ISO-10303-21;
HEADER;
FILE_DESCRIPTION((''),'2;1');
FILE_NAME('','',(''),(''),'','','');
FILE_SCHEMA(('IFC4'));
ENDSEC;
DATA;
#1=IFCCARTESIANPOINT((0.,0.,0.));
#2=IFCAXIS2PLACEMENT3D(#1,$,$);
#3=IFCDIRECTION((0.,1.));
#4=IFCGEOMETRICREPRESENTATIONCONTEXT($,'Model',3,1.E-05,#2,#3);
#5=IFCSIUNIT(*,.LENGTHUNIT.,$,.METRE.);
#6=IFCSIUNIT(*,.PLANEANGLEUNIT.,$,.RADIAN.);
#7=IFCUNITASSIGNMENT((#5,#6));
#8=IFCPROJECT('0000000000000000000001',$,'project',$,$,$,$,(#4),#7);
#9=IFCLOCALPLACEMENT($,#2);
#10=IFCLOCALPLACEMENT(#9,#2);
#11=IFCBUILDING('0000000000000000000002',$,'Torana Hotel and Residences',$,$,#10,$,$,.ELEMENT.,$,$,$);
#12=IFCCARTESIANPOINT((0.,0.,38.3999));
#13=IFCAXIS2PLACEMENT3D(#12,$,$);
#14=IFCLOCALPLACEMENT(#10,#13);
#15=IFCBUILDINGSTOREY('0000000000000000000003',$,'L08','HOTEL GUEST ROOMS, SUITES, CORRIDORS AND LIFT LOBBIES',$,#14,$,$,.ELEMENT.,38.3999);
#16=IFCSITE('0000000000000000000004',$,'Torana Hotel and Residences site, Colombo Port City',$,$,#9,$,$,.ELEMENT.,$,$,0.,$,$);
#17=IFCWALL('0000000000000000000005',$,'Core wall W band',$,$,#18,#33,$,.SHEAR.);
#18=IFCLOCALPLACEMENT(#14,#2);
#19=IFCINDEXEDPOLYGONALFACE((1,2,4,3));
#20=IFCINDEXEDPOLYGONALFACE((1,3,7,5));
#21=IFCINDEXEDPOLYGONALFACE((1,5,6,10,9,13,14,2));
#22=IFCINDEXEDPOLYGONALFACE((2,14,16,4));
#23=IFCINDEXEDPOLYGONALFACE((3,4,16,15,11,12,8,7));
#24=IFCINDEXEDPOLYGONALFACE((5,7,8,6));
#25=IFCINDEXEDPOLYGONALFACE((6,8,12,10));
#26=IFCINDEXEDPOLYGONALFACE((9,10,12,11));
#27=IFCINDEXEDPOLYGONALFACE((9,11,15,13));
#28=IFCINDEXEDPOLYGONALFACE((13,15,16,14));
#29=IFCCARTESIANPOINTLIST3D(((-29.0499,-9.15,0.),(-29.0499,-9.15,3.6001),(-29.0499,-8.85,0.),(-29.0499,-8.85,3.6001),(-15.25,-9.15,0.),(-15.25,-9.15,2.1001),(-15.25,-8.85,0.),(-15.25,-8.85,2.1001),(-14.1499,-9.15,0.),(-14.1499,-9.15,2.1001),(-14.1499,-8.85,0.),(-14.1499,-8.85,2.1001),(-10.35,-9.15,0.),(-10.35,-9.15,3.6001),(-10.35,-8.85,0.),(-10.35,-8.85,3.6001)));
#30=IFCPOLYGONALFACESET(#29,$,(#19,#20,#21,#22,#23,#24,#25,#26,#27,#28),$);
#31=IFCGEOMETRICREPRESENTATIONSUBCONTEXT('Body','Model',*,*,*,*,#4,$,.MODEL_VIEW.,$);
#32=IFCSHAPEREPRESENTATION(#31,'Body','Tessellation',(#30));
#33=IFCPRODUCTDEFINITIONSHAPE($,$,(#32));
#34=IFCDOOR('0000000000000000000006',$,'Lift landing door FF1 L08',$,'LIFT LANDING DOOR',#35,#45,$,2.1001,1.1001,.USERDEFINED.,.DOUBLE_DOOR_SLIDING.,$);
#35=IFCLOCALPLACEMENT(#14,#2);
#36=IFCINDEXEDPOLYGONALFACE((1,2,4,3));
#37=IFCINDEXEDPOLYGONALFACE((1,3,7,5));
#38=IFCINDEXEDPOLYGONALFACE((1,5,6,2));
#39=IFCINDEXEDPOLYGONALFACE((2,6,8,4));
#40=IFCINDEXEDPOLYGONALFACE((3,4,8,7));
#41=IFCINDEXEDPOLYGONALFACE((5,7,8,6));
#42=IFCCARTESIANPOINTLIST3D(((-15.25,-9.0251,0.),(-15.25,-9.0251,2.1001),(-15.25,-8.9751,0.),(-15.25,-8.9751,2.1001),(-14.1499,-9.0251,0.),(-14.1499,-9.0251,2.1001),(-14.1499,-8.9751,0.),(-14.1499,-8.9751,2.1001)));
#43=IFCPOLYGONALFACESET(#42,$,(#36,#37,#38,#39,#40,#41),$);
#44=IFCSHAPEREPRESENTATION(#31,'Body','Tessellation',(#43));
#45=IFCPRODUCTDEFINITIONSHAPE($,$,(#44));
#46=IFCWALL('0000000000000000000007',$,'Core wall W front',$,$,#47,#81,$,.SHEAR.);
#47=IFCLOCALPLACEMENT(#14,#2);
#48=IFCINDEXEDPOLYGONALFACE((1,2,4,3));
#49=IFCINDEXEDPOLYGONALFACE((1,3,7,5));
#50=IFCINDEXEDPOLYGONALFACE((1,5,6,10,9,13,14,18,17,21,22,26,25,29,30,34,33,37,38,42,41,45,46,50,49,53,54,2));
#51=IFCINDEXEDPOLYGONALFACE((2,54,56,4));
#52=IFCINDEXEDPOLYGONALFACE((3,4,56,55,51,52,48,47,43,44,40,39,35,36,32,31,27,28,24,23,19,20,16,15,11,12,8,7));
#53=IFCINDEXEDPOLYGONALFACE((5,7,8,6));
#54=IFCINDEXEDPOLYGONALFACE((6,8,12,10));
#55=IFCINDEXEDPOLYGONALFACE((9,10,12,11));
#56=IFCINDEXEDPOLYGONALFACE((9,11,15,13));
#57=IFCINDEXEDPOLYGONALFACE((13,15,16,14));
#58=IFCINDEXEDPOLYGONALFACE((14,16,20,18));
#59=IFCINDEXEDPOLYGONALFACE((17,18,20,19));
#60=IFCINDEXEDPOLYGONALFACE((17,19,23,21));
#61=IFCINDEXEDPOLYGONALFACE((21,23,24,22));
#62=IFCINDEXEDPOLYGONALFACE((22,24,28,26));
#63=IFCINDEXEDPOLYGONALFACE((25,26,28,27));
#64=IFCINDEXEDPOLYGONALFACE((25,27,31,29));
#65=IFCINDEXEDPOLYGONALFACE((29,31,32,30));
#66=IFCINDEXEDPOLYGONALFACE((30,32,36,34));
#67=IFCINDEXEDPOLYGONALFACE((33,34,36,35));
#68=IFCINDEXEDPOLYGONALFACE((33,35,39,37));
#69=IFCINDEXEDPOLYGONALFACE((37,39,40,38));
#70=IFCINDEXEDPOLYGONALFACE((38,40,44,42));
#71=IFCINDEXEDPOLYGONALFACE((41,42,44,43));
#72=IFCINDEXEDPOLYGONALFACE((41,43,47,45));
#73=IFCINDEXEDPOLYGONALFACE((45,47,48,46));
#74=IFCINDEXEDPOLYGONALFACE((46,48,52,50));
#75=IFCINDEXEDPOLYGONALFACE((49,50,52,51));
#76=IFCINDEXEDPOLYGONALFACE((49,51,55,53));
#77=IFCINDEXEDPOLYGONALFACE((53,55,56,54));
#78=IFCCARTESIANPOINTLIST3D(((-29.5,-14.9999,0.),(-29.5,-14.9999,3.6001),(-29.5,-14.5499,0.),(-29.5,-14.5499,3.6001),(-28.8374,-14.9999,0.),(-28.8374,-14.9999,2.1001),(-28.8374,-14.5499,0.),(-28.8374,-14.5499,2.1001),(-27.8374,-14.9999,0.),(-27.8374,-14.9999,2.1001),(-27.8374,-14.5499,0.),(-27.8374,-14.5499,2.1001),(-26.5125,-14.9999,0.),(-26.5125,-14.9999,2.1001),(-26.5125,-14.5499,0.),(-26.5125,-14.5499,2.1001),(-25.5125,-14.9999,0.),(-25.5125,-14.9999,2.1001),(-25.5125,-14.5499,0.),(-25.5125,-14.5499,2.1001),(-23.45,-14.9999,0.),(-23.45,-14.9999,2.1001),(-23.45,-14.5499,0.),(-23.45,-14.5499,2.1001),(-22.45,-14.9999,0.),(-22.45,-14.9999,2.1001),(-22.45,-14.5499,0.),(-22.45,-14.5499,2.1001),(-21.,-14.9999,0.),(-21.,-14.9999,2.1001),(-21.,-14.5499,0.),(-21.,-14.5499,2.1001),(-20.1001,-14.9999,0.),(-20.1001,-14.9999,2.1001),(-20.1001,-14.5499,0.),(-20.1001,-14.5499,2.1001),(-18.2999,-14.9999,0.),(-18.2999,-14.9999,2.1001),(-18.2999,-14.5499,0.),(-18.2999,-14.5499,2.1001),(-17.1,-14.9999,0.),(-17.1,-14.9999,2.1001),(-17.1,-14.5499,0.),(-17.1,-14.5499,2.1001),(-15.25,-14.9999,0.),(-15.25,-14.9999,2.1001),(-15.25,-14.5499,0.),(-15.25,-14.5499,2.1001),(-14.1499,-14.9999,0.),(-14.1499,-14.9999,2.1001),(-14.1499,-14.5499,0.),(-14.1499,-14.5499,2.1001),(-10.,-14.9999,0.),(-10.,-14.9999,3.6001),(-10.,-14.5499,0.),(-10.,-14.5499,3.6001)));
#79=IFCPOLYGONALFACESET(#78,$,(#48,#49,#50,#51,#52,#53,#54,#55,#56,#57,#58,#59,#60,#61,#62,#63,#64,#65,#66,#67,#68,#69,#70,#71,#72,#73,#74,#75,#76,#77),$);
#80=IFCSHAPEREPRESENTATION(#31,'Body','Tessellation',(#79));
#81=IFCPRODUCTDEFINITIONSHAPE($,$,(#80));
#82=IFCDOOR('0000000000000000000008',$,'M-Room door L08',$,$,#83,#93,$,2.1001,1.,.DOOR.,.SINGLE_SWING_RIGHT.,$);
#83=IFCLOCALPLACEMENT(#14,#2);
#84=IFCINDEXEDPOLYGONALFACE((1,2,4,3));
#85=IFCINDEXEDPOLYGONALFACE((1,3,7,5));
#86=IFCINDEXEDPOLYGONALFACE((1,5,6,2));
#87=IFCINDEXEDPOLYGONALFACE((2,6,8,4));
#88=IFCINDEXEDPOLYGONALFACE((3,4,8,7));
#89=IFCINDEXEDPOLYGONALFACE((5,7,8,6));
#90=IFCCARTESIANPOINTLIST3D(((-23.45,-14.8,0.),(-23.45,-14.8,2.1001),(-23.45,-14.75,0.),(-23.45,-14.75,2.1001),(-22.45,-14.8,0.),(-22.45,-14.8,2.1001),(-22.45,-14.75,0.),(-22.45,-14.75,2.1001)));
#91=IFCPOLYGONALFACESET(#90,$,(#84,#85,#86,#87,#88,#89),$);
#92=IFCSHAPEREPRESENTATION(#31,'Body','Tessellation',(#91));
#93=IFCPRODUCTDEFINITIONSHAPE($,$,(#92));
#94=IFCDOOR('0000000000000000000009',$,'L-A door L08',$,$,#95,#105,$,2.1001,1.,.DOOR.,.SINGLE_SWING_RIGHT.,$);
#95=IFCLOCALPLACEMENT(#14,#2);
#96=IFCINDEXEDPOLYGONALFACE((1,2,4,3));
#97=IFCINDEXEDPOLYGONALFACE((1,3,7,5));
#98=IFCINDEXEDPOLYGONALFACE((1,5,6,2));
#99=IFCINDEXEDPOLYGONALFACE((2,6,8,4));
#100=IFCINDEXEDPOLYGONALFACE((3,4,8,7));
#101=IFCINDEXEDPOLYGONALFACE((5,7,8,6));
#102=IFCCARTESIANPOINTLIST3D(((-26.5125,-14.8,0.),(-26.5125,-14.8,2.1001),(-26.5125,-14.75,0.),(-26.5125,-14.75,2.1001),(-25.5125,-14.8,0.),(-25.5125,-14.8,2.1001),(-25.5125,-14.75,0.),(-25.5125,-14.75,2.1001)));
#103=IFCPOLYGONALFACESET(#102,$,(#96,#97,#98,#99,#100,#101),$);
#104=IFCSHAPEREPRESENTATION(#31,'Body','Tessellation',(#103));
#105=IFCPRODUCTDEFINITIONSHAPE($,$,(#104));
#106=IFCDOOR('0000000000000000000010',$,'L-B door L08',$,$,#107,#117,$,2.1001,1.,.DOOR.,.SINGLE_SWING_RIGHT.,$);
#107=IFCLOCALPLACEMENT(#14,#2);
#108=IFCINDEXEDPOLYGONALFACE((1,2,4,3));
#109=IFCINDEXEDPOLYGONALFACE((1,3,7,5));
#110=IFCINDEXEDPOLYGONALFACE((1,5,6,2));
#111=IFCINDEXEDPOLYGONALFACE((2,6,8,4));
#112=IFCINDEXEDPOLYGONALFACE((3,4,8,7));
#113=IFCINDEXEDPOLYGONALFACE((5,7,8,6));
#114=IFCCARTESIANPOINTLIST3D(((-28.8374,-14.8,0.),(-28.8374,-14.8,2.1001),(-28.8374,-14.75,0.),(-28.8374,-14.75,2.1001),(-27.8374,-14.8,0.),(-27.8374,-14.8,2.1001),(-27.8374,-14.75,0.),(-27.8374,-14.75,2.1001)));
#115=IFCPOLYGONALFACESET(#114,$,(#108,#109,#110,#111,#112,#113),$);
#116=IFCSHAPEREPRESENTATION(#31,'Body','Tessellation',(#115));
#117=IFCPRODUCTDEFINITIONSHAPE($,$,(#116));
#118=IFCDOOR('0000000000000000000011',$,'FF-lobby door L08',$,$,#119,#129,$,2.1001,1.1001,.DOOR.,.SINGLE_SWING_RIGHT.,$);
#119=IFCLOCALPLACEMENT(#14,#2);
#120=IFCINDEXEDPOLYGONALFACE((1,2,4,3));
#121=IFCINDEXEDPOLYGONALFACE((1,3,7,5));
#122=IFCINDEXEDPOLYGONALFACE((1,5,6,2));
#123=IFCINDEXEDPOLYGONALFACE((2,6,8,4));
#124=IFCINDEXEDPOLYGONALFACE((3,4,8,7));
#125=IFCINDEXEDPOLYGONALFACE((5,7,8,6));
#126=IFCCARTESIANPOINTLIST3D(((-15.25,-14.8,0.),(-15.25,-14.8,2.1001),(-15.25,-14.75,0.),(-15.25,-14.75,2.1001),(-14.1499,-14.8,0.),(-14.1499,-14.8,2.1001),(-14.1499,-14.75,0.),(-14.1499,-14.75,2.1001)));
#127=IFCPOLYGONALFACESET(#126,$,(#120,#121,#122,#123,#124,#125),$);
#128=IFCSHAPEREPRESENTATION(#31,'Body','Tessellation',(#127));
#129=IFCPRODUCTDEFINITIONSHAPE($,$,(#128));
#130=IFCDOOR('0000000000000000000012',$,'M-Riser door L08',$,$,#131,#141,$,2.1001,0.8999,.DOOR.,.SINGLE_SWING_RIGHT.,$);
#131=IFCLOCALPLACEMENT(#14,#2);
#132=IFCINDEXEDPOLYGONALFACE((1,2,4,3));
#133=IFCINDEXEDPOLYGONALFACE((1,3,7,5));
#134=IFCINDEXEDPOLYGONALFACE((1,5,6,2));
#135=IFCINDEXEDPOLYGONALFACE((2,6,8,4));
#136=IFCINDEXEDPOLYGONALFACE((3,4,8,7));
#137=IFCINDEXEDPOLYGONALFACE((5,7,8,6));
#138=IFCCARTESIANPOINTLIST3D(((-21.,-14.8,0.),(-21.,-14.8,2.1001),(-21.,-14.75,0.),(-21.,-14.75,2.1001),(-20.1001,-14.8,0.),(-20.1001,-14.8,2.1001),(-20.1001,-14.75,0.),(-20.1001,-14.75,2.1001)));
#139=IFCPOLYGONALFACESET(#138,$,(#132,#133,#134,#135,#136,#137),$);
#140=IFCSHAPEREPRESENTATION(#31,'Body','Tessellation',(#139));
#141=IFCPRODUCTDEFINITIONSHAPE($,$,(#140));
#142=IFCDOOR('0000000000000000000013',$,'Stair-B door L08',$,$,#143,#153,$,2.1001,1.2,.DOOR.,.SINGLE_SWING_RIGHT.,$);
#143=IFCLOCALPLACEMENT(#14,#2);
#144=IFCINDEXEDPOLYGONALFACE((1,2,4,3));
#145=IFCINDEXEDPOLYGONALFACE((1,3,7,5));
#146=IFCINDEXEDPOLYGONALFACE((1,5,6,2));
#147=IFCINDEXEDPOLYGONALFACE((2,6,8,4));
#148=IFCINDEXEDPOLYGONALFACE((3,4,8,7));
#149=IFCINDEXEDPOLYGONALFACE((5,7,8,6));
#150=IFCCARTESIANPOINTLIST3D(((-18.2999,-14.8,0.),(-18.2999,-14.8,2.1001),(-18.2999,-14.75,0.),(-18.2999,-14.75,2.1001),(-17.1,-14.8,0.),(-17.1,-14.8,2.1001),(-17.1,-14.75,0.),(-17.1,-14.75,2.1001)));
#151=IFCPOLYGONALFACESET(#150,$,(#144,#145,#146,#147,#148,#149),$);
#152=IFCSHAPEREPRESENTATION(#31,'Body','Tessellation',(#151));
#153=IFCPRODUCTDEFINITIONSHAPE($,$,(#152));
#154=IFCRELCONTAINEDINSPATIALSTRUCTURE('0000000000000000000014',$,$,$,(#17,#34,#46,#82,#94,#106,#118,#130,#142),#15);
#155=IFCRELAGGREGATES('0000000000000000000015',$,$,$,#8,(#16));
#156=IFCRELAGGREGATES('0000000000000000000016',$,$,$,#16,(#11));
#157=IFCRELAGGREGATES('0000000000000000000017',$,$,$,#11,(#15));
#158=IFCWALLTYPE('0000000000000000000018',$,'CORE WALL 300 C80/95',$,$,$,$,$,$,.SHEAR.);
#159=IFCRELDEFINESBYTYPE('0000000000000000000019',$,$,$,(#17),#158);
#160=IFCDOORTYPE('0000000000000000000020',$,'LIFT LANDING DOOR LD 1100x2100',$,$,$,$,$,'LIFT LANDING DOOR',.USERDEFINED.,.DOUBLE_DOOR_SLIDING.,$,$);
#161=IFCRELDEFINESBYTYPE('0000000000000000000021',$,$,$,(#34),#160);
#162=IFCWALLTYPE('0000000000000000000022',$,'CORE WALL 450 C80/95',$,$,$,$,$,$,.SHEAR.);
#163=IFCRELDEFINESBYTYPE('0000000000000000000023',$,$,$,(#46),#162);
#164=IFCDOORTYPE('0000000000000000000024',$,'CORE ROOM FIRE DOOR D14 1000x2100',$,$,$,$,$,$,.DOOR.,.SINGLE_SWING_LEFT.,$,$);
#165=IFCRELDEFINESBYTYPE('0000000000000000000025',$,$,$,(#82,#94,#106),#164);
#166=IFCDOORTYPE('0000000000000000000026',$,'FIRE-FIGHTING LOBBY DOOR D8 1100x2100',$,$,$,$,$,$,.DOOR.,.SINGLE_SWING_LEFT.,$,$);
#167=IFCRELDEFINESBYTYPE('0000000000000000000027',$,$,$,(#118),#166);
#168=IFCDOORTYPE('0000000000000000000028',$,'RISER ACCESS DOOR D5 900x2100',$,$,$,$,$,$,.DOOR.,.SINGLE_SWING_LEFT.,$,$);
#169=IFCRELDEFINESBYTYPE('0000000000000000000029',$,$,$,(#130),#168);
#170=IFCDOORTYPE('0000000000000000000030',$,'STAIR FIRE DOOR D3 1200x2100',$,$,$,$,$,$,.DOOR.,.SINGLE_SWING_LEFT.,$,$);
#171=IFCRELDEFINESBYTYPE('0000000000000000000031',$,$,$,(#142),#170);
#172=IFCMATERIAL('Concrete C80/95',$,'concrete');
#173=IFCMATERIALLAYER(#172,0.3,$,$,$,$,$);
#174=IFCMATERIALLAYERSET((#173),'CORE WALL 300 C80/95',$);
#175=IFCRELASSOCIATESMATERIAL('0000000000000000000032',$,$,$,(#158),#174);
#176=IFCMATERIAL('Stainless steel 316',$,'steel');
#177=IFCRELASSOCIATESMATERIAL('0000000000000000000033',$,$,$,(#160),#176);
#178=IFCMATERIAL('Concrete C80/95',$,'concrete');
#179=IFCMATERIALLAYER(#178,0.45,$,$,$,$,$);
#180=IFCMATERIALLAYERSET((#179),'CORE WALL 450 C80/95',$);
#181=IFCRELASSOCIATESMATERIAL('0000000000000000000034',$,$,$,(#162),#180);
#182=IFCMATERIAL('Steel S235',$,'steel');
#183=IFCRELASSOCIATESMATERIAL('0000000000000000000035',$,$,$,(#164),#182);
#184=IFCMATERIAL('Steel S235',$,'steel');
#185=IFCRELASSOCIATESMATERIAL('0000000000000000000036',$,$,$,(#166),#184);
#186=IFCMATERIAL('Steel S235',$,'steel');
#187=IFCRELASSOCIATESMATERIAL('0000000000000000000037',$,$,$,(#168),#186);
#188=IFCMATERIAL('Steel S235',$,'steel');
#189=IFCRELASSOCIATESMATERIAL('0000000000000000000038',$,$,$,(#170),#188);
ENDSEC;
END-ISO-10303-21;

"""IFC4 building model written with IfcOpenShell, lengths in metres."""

from ifc_helpers import new_model, si_unit, direction, frame, frame_2d, origin, place, context, subcontext, project, spatial, rectangle, extrude, material, layer, layer_set, type_object, element, fill, save


model = new_model("IFC4")

# Units and contexts
model_context = context("Model", 3, precision=1e-05, world=origin(), true_north=direction((0.0, 1.0)))
body_context = subcontext(model_context, "Body", "Model", "MODEL_VIEW")
ifc_project = project(units=[si_unit("LENGTHUNIT", "METRE"), si_unit("PLANEANGLEUNIT", "RADIAN")], contexts=[model_context])

# Site, building, storey
site_placement = place(None, origin())
site = spatial("IfcSite", under=ifc_project, at=site_placement, Name="Torana Hotel and Residences site, Colombo Port City", CompositionType="ELEMENT", RefElevation=0.0)
building_placement = place(site_placement, origin())
building = spatial("IfcBuilding", under=site, at=building_placement, Name="Torana Hotel and Residences", CompositionType="ELEMENT")
storey_placement = place(building_placement, frame((0.0, 0.0, 38.3999)))
storey = spatial("IfcBuildingStorey", under=building, at=storey_placement, Name="L08", Description="HOTEL GUEST ROOMS, SUITES, CORRIDORS AND LIFT LOBBIES", CompositionType="ELEMENT", Elevation=38.3999)

# Wall, opening, door
ifc_material_1 = material(Name="Concrete C80/95", Category="concrete")
ifc_layer_1 = layer(ifc_material_1, 0.3)
ifc_layer_set_1 = layer_set([ifc_layer_1], Name="CORE WALL 300 C80/95")
wall_type_1 = type_object("IfcWallType", Name="CORE WALL 300 C80/95", PredefinedType="SHEAR", material=ifc_layer_set_1)
wall_1_placement = place(storey_placement, frame((-29.05, -9.0, 0.0), z_axis=(0.0, 0.0, 1.0), x_axis=(1.0, 0.0, 0.0)))
wall_1 = element("IfcWall", 1, at=wall_1_placement, inside=storey, type_object=wall_type_1, Name="Core wall W band", PredefinedType="SHEAR", context=body_context, shape_type="SweptSolid", body=[
    extrude(rectangle(XDim=18.7, YDim=0.3, at=frame_2d((9.3501, 0.0))), origin(), (0.0, 0.0, 1.0), 3.6001),
])
opening_1_placement = place(wall_1_placement, frame((13.8, 0.0, 0.0)))
opening_1 = element("IfcOpeningElement", 2, at=opening_1_placement, cuts=wall_1, PredefinedType="OPENING", context=body_context, shape_type="SweptSolid", body=[
    extrude(rectangle(XDim=1.1001, YDim=2.1001, at=frame_2d((0.55, 1.05))), frame((0.0, 0.1599, 0.0), z_axis=(0.0, -1.0, 0.0), x_axis=(1.0, 0.0, 0.0)), (0.0, 0.0, 1.0), 0.3201),
])
ifc_material_2 = material(Name="Stainless steel 316", Category="steel")
door_type_1 = type_object("IfcDoorType", Name="LIFT LANDING DOOR LD 1100x2100", ElementType="LIFT LANDING DOOR", OperationType="DOUBLE_DOOR_SLIDING", PredefinedType="USERDEFINED", material=ifc_material_2)
door_1_placement = place(opening_1_placement, origin())
door_1 = element("IfcDoor", 3, at=door_1_placement, inside=storey, type_object=door_type_1, Name="Lift landing door FF1 L08", ObjectType="LIFT LANDING DOOR", OperationType="DOUBLE_DOOR_SLIDING", OverallHeight=2.1001, OverallWidth=1.1001, PredefinedType="USERDEFINED", context=body_context, shape_type="SweptSolid", body=[
    extrude(rectangle(XDim=1.1001, YDim=2.1001, at=frame_2d((0.55, 1.05))), frame((0.0, 0.0249, 0.0), z_axis=(0.0, -1.0, 0.0), x_axis=(1.0, 0.0, 0.0)), (0.0, 0.0, 1.0), 0.05),
])
fill(opening_1, door_1)

# Wall, openings, doors
ifc_material_3 = material(Name="Concrete C80/95", Category="concrete")
ifc_layer_2 = layer(ifc_material_3, 0.45)
ifc_layer_set_2 = layer_set([ifc_layer_2], Name="CORE WALL 450 C80/95")
wall_type_2 = type_object("IfcWallType", Name="CORE WALL 450 C80/95", PredefinedType="SHEAR", material=ifc_layer_set_2)
wall_2_placement = place(storey_placement, frame((-29.5, -14.7749, 0.0), z_axis=(0.0, 0.0, 1.0), x_axis=(1.0, 0.0, 0.0)))
wall_2 = element("IfcWall", 4, at=wall_2_placement, inside=storey, type_object=wall_type_2, Name="Core wall W front", PredefinedType="SHEAR", context=body_context, shape_type="SweptSolid", body=[
    extrude(rectangle(XDim=19.5, YDim=0.45, at=frame_2d((9.75, 0.0))), origin(), (0.0, 0.0, 1.0), 3.6001),
])
opening_2_placement = place(wall_2_placement, frame((11.2, 0.0, 0.0)))
opening_2 = element("IfcOpeningElement", 5, at=opening_2_placement, cuts=wall_2, PredefinedType="OPENING", context=body_context, shape_type="SweptSolid", body=[
    extrude(rectangle(XDim=1.2, YDim=2.1001, at=frame_2d((0.6001, 1.05))), frame((0.0, 0.2349, 0.0), z_axis=(0.0, -1.0, 0.0), x_axis=(1.0, 0.0, 0.0)), (0.0, 0.0, 1.0), 0.47),
])
opening_3_placement = place(wall_2_placement, frame((14.25, 0.0, 0.0)))
opening_3 = element("IfcOpeningElement", 6, at=opening_3_placement, cuts=wall_2, PredefinedType="OPENING", context=body_context, shape_type="SweptSolid", body=[
    extrude(rectangle(XDim=1.1001, YDim=2.1001, at=frame_2d((0.55, 1.05))), frame((0.0, 0.2349, 0.0), z_axis=(0.0, -1.0, 0.0), x_axis=(1.0, 0.0, 0.0)), (0.0, 0.0, 1.0), 0.47),
])
opening_4_placement = place(wall_2_placement, frame((8.5, 0.0, 0.0)))
opening_4 = element("IfcOpeningElement", 7, at=opening_4_placement, cuts=wall_2, PredefinedType="OPENING", context=body_context, shape_type="SweptSolid", body=[
    extrude(rectangle(XDim=0.8999, YDim=2.1001, at=frame_2d((0.45, 1.05))), frame((0.0, 0.2349, 0.0), z_axis=(0.0, -1.0, 0.0), x_axis=(1.0, 0.0, 0.0)), (0.0, 0.0, 1.0), 0.47),
])
opening_5_placement = place(wall_2_placement, frame((6.05, 0.0, 0.0)))
opening_5 = element("IfcOpeningElement", 8, at=opening_5_placement, cuts=wall_2, PredefinedType="OPENING", context=body_context, shape_type="SweptSolid", body=[
    extrude(rectangle(XDim=1.0, YDim=2.1001, at=frame_2d((0.5, 1.05))), frame((0.0, 0.2349, 0.0), z_axis=(0.0, -1.0, 0.0), x_axis=(1.0, 0.0, 0.0)), (0.0, 0.0, 1.0), 0.47),
])
opening_6_placement = place(wall_2_placement, frame((2.9875, 0.0, 0.0)))
opening_6 = element("IfcOpeningElement", 9, at=opening_6_placement, cuts=wall_2, PredefinedType="OPENING", context=body_context, shape_type="SweptSolid", body=[
    extrude(rectangle(XDim=1.0, YDim=2.1001, at=frame_2d((0.5, 1.05))), frame((0.0, 0.2349, 0.0), z_axis=(0.0, -1.0, 0.0), x_axis=(1.0, 0.0, 0.0)), (0.0, 0.0, 1.0), 0.47),
])
opening_7_placement = place(wall_2_placement, frame((0.6626, 0.0, 0.0)))
opening_7 = element("IfcOpeningElement", 10, at=opening_7_placement, cuts=wall_2, PredefinedType="OPENING", context=body_context, shape_type="SweptSolid", body=[
    extrude(rectangle(XDim=1.0, YDim=2.1001, at=frame_2d((0.5, 1.05))), frame((0.0, 0.2349, 0.0), z_axis=(0.0, -1.0, 0.0), x_axis=(1.0, 0.0, 0.0)), (0.0, 0.0, 1.0), 0.47),
])
ifc_material_4 = material(Name="Steel S235", Category="steel")
door_type_2 = type_object("IfcDoorType", Name="CORE ROOM FIRE DOOR D14 1000x2100", OperationType="SINGLE_SWING_LEFT", PredefinedType="DOOR", material=ifc_material_4)
door_2_placement = place(opening_5_placement, origin())
door_2 = element("IfcDoor", 11, at=door_2_placement, inside=storey, type_object=door_type_2, Name="M-Room door L08", OperationType="SINGLE_SWING_RIGHT", OverallHeight=2.1001, OverallWidth=1.0, PredefinedType="DOOR", context=body_context, shape_type="SweptSolid", body=[
    extrude(rectangle(XDim=1.0, YDim=2.1001, at=frame_2d((0.5, 1.05))), frame((0.0, 0.0249, 0.0), z_axis=(0.0, -1.0, 0.0), x_axis=(1.0, 0.0, 0.0)), (0.0, 0.0, 1.0), 0.05),
])
fill(opening_5, door_2)
door_3_placement = place(opening_6_placement, origin())
door_3 = element("IfcDoor", 12, at=door_3_placement, inside=storey, type_object=door_type_2, Name="L-A door L08", OperationType="SINGLE_SWING_RIGHT", OverallHeight=2.1001, OverallWidth=1.0, PredefinedType="DOOR", context=body_context, shape_type="SweptSolid", body=[
    extrude(rectangle(XDim=1.0, YDim=2.1001, at=frame_2d((0.5, 1.05))), frame((0.0, 0.0249, 0.0), z_axis=(0.0, -1.0, 0.0), x_axis=(1.0, 0.0, 0.0)), (0.0, 0.0, 1.0), 0.05),
])
fill(opening_6, door_3)
door_4_placement = place(opening_7_placement, origin())
door_4 = element("IfcDoor", 13, at=door_4_placement, inside=storey, type_object=door_type_2, Name="L-B door L08", OperationType="SINGLE_SWING_RIGHT", OverallHeight=2.1001, OverallWidth=1.0, PredefinedType="DOOR", context=body_context, shape_type="SweptSolid", body=[
    extrude(rectangle(XDim=1.0, YDim=2.1001, at=frame_2d((0.5, 1.05))), frame((0.0, 0.0249, 0.0), z_axis=(0.0, -1.0, 0.0), x_axis=(1.0, 0.0, 0.0)), (0.0, 0.0, 1.0), 0.05),
])
fill(opening_7, door_4)
ifc_material_5 = material(Name="Steel S235", Category="steel")
door_type_3 = type_object("IfcDoorType", Name="FIRE-FIGHTING LOBBY DOOR D8 1100x2100", OperationType="SINGLE_SWING_LEFT", PredefinedType="DOOR", material=ifc_material_5)
door_5_placement = place(opening_3_placement, origin())
door_5 = element("IfcDoor", 14, at=door_5_placement, inside=storey, type_object=door_type_3, Name="FF-lobby door L08", OperationType="SINGLE_SWING_RIGHT", OverallHeight=2.1001, OverallWidth=1.1001, PredefinedType="DOOR", context=body_context, shape_type="SweptSolid", body=[
    extrude(rectangle(XDim=1.1001, YDim=2.1001, at=frame_2d((0.55, 1.05))), frame((0.0, 0.0249, 0.0), z_axis=(0.0, -1.0, 0.0), x_axis=(1.0, 0.0, 0.0)), (0.0, 0.0, 1.0), 0.05),
])
fill(opening_3, door_5)
ifc_material_6 = material(Name="Steel S235", Category="steel")
door_type_4 = type_object("IfcDoorType", Name="RISER ACCESS DOOR D5 900x2100", OperationType="SINGLE_SWING_LEFT", PredefinedType="DOOR", material=ifc_material_6)
door_6_placement = place(opening_4_placement, origin())
door_6 = element("IfcDoor", 15, at=door_6_placement, inside=storey, type_object=door_type_4, Name="M-Riser door L08", OperationType="SINGLE_SWING_RIGHT", OverallHeight=2.1001, OverallWidth=0.8999, PredefinedType="DOOR", context=body_context, shape_type="SweptSolid", body=[
    extrude(rectangle(XDim=0.8999, YDim=2.1001, at=frame_2d((0.45, 1.05))), frame((0.0, 0.0249, 0.0), z_axis=(0.0, -1.0, 0.0), x_axis=(1.0, 0.0, 0.0)), (0.0, 0.0, 1.0), 0.05),
])
fill(opening_4, door_6)
ifc_material_7 = material(Name="Steel S235", Category="steel")
door_type_5 = type_object("IfcDoorType", Name="STAIR FIRE DOOR D3 1200x2100", OperationType="SINGLE_SWING_LEFT", PredefinedType="DOOR", material=ifc_material_7)
door_7_placement = place(opening_2_placement, origin())
door_7 = element("IfcDoor", 16, at=door_7_placement, inside=storey, type_object=door_type_5, Name="Stair-B door L08", OperationType="SINGLE_SWING_RIGHT", OverallHeight=2.1001, OverallWidth=1.2, PredefinedType="DOOR", context=body_context, shape_type="SweptSolid", body=[
    extrude(rectangle(XDim=1.2, YDim=2.1001, at=frame_2d((0.6001, 1.05))), frame((0.0, 0.0249, 0.0), z_axis=(0.0, -1.0, 0.0), x_axis=(1.0, 0.0, 0.0)), (0.0, 0.0, 1.0), 0.05),
])
fill(opening_2, door_7)

save(model, "model.ifc")
